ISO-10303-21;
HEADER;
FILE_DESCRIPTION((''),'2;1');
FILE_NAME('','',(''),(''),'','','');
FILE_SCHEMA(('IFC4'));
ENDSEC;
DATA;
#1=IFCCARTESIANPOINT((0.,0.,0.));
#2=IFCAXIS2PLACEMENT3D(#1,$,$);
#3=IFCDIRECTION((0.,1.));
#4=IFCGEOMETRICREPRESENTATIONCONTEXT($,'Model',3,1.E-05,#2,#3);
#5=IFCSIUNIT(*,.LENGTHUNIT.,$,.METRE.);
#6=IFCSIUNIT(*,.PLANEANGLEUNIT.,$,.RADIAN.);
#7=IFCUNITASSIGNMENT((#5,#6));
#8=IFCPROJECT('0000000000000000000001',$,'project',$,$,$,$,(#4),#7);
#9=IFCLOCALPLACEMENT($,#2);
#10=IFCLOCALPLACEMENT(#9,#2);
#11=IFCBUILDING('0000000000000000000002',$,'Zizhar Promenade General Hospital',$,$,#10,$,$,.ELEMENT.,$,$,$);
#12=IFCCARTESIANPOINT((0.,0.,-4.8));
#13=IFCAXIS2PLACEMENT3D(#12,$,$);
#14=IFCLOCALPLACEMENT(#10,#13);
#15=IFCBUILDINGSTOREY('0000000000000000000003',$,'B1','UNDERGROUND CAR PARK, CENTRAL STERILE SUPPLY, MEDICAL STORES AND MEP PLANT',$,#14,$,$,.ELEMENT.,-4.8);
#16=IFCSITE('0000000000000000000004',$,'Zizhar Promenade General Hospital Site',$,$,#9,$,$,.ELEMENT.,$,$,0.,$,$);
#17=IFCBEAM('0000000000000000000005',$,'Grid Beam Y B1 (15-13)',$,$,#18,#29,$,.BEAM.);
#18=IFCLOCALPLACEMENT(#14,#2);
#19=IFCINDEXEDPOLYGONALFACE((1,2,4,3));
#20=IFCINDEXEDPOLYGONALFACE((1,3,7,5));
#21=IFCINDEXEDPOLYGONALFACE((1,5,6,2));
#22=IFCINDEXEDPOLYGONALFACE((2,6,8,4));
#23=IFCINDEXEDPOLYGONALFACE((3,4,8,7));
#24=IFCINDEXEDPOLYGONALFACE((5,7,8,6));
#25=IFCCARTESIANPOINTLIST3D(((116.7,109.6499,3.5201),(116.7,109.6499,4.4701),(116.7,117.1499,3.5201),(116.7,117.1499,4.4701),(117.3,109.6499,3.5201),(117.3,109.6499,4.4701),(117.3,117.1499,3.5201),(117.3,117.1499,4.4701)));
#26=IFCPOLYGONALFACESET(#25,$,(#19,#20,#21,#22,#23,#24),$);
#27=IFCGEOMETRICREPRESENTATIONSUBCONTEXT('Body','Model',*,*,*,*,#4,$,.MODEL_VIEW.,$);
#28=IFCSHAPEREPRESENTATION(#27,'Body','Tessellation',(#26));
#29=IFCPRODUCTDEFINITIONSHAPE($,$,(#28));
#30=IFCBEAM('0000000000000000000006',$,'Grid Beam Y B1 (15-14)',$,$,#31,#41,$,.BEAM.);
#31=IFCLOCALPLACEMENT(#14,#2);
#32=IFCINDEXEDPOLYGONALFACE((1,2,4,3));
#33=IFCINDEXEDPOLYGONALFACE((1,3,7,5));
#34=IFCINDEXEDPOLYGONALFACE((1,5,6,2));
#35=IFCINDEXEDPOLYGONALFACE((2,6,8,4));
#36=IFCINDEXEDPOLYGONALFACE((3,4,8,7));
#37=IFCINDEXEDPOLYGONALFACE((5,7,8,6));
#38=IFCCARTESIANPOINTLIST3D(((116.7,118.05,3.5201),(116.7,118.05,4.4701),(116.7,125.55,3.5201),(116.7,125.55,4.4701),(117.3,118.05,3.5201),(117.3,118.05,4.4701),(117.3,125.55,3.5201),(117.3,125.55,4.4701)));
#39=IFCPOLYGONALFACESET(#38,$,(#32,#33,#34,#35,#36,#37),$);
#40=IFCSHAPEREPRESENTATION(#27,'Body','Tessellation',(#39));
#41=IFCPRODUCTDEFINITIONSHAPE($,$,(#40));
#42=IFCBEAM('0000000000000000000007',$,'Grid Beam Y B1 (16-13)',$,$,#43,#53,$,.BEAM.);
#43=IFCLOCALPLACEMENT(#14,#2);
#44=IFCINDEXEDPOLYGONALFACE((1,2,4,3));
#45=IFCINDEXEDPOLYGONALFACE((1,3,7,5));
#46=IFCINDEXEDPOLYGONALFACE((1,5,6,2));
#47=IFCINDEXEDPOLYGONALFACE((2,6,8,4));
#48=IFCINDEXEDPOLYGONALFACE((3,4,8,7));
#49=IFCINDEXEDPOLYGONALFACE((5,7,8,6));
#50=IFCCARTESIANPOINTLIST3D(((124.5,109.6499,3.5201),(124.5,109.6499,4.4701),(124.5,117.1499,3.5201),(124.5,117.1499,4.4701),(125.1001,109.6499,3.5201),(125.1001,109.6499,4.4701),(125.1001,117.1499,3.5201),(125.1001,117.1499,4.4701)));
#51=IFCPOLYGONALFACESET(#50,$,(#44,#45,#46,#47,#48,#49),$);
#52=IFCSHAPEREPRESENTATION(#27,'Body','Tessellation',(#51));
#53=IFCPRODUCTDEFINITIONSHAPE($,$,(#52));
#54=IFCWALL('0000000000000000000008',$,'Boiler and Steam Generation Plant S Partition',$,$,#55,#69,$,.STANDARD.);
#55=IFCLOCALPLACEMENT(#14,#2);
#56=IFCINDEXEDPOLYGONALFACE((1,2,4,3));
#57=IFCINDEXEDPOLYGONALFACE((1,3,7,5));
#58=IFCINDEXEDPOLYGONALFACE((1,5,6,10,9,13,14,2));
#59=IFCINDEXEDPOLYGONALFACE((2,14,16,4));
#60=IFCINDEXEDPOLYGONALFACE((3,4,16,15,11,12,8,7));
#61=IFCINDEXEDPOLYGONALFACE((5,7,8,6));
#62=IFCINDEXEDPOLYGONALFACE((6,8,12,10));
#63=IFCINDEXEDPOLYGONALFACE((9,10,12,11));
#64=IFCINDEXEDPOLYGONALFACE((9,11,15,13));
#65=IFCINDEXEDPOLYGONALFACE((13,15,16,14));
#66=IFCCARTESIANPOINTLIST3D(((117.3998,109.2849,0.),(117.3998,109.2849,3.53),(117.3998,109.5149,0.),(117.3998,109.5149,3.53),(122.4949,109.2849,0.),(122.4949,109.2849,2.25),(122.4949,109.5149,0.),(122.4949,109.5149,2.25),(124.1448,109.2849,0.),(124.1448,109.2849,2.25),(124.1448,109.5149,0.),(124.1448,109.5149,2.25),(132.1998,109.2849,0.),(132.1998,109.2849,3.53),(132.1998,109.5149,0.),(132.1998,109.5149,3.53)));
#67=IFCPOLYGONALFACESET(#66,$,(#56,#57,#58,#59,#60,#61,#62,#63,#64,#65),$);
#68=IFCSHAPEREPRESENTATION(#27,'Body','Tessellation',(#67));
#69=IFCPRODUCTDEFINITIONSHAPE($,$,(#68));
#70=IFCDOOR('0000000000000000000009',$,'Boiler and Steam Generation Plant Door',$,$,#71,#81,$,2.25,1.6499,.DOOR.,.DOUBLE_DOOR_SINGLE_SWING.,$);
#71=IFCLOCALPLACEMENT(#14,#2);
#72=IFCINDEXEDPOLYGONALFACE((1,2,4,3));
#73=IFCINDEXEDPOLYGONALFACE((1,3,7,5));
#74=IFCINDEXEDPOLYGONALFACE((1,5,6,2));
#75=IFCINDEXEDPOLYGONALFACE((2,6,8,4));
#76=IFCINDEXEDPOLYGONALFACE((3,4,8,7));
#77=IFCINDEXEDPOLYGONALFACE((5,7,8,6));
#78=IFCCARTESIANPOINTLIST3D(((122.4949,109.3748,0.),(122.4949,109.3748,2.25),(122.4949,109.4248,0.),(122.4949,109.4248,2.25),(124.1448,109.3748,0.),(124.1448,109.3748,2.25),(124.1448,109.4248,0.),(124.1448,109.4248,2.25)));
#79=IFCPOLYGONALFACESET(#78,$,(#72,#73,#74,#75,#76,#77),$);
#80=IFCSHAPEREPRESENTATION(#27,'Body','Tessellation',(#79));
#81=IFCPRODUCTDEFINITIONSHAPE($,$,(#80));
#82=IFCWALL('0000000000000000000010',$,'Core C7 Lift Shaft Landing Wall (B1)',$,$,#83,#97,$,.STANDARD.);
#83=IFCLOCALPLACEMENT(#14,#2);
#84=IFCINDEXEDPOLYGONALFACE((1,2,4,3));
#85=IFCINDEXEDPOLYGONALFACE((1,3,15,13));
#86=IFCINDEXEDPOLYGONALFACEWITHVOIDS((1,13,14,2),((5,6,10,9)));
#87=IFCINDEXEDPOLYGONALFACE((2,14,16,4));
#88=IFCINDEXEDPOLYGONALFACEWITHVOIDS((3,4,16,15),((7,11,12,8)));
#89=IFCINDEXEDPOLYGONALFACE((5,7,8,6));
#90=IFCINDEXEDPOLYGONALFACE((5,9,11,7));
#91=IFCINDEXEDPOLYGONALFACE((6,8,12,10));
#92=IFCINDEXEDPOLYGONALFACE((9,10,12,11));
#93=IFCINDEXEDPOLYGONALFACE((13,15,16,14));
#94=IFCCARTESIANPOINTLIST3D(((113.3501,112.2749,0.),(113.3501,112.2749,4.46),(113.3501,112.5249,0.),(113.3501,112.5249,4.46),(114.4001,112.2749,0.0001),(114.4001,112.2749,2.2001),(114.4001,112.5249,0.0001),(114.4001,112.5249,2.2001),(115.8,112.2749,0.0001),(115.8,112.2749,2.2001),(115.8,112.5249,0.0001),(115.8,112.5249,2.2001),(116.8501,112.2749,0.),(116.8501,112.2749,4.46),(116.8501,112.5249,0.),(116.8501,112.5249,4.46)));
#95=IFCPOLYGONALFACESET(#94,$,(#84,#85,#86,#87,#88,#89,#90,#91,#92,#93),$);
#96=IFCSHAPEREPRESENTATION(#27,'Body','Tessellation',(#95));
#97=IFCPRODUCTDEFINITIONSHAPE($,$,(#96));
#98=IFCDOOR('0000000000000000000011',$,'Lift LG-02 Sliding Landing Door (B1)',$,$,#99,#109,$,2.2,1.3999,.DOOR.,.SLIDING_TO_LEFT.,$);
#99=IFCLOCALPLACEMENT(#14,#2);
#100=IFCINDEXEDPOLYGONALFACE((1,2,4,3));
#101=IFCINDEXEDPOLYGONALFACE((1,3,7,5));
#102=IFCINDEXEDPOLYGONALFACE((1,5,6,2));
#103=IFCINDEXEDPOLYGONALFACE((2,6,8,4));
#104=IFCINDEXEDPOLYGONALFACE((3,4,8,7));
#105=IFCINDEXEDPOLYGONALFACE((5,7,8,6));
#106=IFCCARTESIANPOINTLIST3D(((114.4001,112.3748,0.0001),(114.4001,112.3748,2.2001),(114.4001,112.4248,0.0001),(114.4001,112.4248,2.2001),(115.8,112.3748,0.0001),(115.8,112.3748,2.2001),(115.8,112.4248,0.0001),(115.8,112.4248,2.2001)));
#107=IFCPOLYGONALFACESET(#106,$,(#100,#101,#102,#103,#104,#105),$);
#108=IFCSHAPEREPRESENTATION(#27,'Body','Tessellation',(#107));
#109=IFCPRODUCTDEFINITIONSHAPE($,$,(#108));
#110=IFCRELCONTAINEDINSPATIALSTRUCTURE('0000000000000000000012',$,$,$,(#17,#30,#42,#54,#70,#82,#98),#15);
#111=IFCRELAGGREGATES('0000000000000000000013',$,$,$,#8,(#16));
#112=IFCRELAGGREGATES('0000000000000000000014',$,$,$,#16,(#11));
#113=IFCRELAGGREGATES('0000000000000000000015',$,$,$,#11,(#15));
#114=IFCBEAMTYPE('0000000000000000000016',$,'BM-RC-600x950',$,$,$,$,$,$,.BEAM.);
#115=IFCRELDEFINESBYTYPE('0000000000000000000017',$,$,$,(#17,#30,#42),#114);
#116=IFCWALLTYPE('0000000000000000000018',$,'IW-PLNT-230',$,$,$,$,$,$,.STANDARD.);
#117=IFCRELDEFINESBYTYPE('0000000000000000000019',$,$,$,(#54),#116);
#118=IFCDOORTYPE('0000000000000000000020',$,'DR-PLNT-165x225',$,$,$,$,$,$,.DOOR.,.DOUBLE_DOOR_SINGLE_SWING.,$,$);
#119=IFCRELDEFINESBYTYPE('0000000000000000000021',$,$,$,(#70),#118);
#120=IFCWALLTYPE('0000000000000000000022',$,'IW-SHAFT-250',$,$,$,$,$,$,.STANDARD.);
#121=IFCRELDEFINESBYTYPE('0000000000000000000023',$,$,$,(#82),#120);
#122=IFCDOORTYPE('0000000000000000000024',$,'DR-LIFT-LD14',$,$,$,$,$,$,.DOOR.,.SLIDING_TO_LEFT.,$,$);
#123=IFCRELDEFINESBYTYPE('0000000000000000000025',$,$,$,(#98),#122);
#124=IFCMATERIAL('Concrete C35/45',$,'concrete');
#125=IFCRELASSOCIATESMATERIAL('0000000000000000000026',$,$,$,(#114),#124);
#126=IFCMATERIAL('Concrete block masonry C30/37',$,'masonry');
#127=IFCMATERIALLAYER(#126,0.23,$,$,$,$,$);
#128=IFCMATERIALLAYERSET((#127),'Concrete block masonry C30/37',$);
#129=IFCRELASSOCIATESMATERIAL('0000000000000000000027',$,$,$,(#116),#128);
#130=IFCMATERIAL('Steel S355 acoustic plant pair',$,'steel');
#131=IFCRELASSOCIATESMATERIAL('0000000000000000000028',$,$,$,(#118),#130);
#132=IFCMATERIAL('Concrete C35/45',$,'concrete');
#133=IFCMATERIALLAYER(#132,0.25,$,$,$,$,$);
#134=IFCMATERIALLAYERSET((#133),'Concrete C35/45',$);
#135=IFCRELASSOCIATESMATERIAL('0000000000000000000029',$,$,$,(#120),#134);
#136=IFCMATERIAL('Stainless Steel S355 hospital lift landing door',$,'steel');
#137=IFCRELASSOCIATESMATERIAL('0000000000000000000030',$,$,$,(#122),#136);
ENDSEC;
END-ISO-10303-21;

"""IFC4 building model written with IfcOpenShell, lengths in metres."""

from ifc_helpers import new_model, si_unit, direction, frame, frame_2d, origin, origin_2d, place, context, subcontext, project, spatial, rectangle, extrude, material, layer, layer_set, material_profile, profile_set, type_object, element, fill, save


model = new_model("IFC4")

# Units and contexts
model_context = context("Model", 3, precision=1e-05, world=origin(), true_north=direction((0.0, 1.0)))
body_context = subcontext(model_context, "Body", "Model", "MODEL_VIEW")
ifc_project = project(units=[si_unit("LENGTHUNIT", "METRE"), si_unit("PLANEANGLEUNIT", "RADIAN")], contexts=[model_context])

# Site, building, storey
site_placement = place(None, origin())
site = spatial("IfcSite", under=ifc_project, at=site_placement, Name="Zizhar Promenade General Hospital Site", CompositionType="ELEMENT", RefElevation=0.0)
building_placement = place(site_placement, origin())
building = spatial("IfcBuilding", under=site, at=building_placement, Name="Zizhar Promenade General Hospital", CompositionType="ELEMENT")
storey_placement = place(building_placement, frame((0.0, 0.0, -4.8)))
storey = spatial("IfcBuildingStorey", under=building, at=storey_placement, Name="B1", Description="UNDERGROUND CAR PARK, CENTRAL STERILE SUPPLY, MEDICAL STORES AND MEP PLANT", CompositionType="ELEMENT", Elevation=-4.8)

# Beams
ifc_material_1 = material(Name="Concrete C35/45", Category="concrete")
ifc_material_profile_1 = material_profile(ifc_material_1, rectangle(XDim=0.6001, YDim=0.95, at=origin_2d()))
ifc_profile_set_1 = profile_set([ifc_material_profile_1], Name="Concrete C35/45")
beam_type_1 = type_object("IfcBeamType", Name="BM-RC-600x950", PredefinedType="BEAM", material=ifc_profile_set_1)
for number, where, z_axis, x_axis, name in (
    (1, (117.0, 109.6499, 3.9951), (0.0, 1.0, 0.0), (-1.0, 0.0, 0.0), "Grid Beam Y B1 (15-13)"),
    (2, (117.0, 118.05, 3.9951), (0.0, 1.0, 0.0), (-1.0, 0.0, 0.0), "Grid Beam Y B1 (15-14)"),
    (3, (124.8, 109.6499, 3.9951), (0.0, 1.0, 0.0), (-1.0, 0.0, 0.0), "Grid Beam Y B1 (16-13)"),
):
    element("IfcBeam", number, at=place(storey_placement, frame(where, z_axis=z_axis, x_axis=x_axis)), inside=storey, type_object=beam_type_1, Name=name, PredefinedType="BEAM", context=body_context, shape_type="SweptSolid", body=[
        extrude(rectangle(XDim=0.6001, YDim=0.95, at=origin_2d()), origin(), (0.0, 0.0, 1.0), 7.5),
    ])

# Walls, openings, doors
ifc_material_2 = material(Name="Concrete block masonry C30/37", Category="masonry")
ifc_layer_1 = layer(ifc_material_2, 0.23)
ifc_layer_set_1 = layer_set([ifc_layer_1], Name="Concrete block masonry C30/37")
wall_type_1 = type_object("IfcWallType", Name="IW-PLNT-230", PredefinedType="STANDARD", material=ifc_layer_set_1)
wall_1_placement = place(storey_placement, frame((117.3999, 109.3999, 0.0), z_axis=(0.0, 0.0, 1.0), x_axis=(1.0, 0.0, 0.0)))
wall_1 = element("IfcWall", 4, at=wall_1_placement, inside=storey, type_object=wall_type_1, Name="Boiler and Steam Generation Plant S Partition", PredefinedType="STANDARD", context=body_context, shape_type="SweptSolid", body=[
    extrude(rectangle(XDim=14.8, YDim=0.23, at=frame_2d((7.3999, 0.0))), origin(), (0.0, 0.0, 1.0), 3.53),
])
opening_1_placement = place(wall_1_placement, frame((5.095, 0.0, 0.0)))
opening_1 = element("IfcOpeningElement", 5, at=opening_1_placement, cuts=wall_1, PredefinedType="OPENING", context=body_context, shape_type="SweptSolid", body=[
    extrude(rectangle(XDim=1.6499, YDim=2.25, at=frame_2d((0.825, 1.125))), frame((0.0, 0.125, 0.0), z_axis=(0.0, -1.0, 0.0), x_axis=(1.0, 0.0, 0.0)), (0.0, 0.0, 1.0), 0.25),
])
ifc_material_3 = material(Name="Steel S355 acoustic plant pair", Category="steel")
door_type_1 = type_object("IfcDoorType", Name="DR-PLNT-165x225", OperationType="DOUBLE_DOOR_SINGLE_SWING", PredefinedType="DOOR", material=ifc_material_3)
door_1_placement = place(opening_1_placement, origin())
door_1 = element("IfcDoor", 6, at=door_1_placement, inside=storey, type_object=door_type_1, Name="Boiler and Steam Generation Plant Door", OperationType="DOUBLE_DOOR_SINGLE_SWING", OverallHeight=2.25, OverallWidth=1.6499, PredefinedType="DOOR", context=body_context, shape_type="SweptSolid", body=[
    extrude(rectangle(XDim=1.6499, YDim=2.25, at=frame_2d((0.825, 1.125))), frame((0.0, 0.0249, 0.0), z_axis=(0.0, -1.0, 0.0), x_axis=(1.0, 0.0, 0.0)), (0.0, 0.0, 1.0), 0.05),
])
fill(opening_1, door_1)
ifc_material_4 = material(Name="Concrete C35/45", Category="concrete")
ifc_layer_2 = layer(ifc_material_4, 0.25)
ifc_layer_set_2 = layer_set([ifc_layer_2], Name="Concrete C35/45")
wall_type_2 = type_object("IfcWallType", Name="IW-SHAFT-250", PredefinedType="STANDARD", material=ifc_layer_set_2)
wall_2_placement = place(storey_placement, frame((113.3501, 112.3999, 0.0), z_axis=(0.0, 0.0, 1.0), x_axis=(1.0, 0.0, 0.0)))
wall_2 = element("IfcWall", 7, at=wall_2_placement, inside=storey, type_object=wall_type_2, Name="Core C7 Lift Shaft Landing Wall (B1)", PredefinedType="STANDARD", context=body_context, shape_type="SweptSolid", body=[
    extrude(rectangle(XDim=3.5, YDim=0.25, at=frame_2d((1.75, 0.0))), origin(), (0.0, 0.0, 1.0), 4.46),
])
opening_2_placement = place(wall_2_placement, frame((1.05, 0.0, 0.0)))
opening_2 = element("IfcOpeningElement", 8, at=opening_2_placement, cuts=wall_2, PredefinedType="OPENING", context=body_context, shape_type="SweptSolid", body=[
    extrude(rectangle(XDim=1.3999, YDim=2.2, at=frame_2d((0.7, 1.1001))), frame((0.0, 0.135, 0.0), z_axis=(0.0, -1.0, 0.0), x_axis=(1.0, 0.0, 0.0)), (0.0, 0.0, 1.0), 0.27),
])
ifc_material_5 = material(Name="Stainless Steel S355 hospital lift landing door", Category="steel")
door_type_2 = type_object("IfcDoorType", Name="DR-LIFT-LD14", OperationType="SLIDING_TO_LEFT", PredefinedType="DOOR", material=ifc_material_5)
door_2_placement = place(opening_2_placement, origin())
door_2 = element("IfcDoor", 9, at=door_2_placement, inside=storey, type_object=door_type_2, Name="Lift LG-02 Sliding Landing Door (B1)", OperationType="SLIDING_TO_LEFT", OverallHeight=2.2, OverallWidth=1.3999, PredefinedType="DOOR", context=body_context, shape_type="SweptSolid", body=[
    extrude(rectangle(XDim=1.3999, YDim=2.2, at=frame_2d((0.7, 1.1001))), frame((0.0, 0.0249, 0.0), z_axis=(0.0, -1.0, 0.0), x_axis=(1.0, 0.0, 0.0)), (0.0, 0.0, 1.0), 0.05),
])
fill(opening_2, door_2)

save(model, "model.ifc")
